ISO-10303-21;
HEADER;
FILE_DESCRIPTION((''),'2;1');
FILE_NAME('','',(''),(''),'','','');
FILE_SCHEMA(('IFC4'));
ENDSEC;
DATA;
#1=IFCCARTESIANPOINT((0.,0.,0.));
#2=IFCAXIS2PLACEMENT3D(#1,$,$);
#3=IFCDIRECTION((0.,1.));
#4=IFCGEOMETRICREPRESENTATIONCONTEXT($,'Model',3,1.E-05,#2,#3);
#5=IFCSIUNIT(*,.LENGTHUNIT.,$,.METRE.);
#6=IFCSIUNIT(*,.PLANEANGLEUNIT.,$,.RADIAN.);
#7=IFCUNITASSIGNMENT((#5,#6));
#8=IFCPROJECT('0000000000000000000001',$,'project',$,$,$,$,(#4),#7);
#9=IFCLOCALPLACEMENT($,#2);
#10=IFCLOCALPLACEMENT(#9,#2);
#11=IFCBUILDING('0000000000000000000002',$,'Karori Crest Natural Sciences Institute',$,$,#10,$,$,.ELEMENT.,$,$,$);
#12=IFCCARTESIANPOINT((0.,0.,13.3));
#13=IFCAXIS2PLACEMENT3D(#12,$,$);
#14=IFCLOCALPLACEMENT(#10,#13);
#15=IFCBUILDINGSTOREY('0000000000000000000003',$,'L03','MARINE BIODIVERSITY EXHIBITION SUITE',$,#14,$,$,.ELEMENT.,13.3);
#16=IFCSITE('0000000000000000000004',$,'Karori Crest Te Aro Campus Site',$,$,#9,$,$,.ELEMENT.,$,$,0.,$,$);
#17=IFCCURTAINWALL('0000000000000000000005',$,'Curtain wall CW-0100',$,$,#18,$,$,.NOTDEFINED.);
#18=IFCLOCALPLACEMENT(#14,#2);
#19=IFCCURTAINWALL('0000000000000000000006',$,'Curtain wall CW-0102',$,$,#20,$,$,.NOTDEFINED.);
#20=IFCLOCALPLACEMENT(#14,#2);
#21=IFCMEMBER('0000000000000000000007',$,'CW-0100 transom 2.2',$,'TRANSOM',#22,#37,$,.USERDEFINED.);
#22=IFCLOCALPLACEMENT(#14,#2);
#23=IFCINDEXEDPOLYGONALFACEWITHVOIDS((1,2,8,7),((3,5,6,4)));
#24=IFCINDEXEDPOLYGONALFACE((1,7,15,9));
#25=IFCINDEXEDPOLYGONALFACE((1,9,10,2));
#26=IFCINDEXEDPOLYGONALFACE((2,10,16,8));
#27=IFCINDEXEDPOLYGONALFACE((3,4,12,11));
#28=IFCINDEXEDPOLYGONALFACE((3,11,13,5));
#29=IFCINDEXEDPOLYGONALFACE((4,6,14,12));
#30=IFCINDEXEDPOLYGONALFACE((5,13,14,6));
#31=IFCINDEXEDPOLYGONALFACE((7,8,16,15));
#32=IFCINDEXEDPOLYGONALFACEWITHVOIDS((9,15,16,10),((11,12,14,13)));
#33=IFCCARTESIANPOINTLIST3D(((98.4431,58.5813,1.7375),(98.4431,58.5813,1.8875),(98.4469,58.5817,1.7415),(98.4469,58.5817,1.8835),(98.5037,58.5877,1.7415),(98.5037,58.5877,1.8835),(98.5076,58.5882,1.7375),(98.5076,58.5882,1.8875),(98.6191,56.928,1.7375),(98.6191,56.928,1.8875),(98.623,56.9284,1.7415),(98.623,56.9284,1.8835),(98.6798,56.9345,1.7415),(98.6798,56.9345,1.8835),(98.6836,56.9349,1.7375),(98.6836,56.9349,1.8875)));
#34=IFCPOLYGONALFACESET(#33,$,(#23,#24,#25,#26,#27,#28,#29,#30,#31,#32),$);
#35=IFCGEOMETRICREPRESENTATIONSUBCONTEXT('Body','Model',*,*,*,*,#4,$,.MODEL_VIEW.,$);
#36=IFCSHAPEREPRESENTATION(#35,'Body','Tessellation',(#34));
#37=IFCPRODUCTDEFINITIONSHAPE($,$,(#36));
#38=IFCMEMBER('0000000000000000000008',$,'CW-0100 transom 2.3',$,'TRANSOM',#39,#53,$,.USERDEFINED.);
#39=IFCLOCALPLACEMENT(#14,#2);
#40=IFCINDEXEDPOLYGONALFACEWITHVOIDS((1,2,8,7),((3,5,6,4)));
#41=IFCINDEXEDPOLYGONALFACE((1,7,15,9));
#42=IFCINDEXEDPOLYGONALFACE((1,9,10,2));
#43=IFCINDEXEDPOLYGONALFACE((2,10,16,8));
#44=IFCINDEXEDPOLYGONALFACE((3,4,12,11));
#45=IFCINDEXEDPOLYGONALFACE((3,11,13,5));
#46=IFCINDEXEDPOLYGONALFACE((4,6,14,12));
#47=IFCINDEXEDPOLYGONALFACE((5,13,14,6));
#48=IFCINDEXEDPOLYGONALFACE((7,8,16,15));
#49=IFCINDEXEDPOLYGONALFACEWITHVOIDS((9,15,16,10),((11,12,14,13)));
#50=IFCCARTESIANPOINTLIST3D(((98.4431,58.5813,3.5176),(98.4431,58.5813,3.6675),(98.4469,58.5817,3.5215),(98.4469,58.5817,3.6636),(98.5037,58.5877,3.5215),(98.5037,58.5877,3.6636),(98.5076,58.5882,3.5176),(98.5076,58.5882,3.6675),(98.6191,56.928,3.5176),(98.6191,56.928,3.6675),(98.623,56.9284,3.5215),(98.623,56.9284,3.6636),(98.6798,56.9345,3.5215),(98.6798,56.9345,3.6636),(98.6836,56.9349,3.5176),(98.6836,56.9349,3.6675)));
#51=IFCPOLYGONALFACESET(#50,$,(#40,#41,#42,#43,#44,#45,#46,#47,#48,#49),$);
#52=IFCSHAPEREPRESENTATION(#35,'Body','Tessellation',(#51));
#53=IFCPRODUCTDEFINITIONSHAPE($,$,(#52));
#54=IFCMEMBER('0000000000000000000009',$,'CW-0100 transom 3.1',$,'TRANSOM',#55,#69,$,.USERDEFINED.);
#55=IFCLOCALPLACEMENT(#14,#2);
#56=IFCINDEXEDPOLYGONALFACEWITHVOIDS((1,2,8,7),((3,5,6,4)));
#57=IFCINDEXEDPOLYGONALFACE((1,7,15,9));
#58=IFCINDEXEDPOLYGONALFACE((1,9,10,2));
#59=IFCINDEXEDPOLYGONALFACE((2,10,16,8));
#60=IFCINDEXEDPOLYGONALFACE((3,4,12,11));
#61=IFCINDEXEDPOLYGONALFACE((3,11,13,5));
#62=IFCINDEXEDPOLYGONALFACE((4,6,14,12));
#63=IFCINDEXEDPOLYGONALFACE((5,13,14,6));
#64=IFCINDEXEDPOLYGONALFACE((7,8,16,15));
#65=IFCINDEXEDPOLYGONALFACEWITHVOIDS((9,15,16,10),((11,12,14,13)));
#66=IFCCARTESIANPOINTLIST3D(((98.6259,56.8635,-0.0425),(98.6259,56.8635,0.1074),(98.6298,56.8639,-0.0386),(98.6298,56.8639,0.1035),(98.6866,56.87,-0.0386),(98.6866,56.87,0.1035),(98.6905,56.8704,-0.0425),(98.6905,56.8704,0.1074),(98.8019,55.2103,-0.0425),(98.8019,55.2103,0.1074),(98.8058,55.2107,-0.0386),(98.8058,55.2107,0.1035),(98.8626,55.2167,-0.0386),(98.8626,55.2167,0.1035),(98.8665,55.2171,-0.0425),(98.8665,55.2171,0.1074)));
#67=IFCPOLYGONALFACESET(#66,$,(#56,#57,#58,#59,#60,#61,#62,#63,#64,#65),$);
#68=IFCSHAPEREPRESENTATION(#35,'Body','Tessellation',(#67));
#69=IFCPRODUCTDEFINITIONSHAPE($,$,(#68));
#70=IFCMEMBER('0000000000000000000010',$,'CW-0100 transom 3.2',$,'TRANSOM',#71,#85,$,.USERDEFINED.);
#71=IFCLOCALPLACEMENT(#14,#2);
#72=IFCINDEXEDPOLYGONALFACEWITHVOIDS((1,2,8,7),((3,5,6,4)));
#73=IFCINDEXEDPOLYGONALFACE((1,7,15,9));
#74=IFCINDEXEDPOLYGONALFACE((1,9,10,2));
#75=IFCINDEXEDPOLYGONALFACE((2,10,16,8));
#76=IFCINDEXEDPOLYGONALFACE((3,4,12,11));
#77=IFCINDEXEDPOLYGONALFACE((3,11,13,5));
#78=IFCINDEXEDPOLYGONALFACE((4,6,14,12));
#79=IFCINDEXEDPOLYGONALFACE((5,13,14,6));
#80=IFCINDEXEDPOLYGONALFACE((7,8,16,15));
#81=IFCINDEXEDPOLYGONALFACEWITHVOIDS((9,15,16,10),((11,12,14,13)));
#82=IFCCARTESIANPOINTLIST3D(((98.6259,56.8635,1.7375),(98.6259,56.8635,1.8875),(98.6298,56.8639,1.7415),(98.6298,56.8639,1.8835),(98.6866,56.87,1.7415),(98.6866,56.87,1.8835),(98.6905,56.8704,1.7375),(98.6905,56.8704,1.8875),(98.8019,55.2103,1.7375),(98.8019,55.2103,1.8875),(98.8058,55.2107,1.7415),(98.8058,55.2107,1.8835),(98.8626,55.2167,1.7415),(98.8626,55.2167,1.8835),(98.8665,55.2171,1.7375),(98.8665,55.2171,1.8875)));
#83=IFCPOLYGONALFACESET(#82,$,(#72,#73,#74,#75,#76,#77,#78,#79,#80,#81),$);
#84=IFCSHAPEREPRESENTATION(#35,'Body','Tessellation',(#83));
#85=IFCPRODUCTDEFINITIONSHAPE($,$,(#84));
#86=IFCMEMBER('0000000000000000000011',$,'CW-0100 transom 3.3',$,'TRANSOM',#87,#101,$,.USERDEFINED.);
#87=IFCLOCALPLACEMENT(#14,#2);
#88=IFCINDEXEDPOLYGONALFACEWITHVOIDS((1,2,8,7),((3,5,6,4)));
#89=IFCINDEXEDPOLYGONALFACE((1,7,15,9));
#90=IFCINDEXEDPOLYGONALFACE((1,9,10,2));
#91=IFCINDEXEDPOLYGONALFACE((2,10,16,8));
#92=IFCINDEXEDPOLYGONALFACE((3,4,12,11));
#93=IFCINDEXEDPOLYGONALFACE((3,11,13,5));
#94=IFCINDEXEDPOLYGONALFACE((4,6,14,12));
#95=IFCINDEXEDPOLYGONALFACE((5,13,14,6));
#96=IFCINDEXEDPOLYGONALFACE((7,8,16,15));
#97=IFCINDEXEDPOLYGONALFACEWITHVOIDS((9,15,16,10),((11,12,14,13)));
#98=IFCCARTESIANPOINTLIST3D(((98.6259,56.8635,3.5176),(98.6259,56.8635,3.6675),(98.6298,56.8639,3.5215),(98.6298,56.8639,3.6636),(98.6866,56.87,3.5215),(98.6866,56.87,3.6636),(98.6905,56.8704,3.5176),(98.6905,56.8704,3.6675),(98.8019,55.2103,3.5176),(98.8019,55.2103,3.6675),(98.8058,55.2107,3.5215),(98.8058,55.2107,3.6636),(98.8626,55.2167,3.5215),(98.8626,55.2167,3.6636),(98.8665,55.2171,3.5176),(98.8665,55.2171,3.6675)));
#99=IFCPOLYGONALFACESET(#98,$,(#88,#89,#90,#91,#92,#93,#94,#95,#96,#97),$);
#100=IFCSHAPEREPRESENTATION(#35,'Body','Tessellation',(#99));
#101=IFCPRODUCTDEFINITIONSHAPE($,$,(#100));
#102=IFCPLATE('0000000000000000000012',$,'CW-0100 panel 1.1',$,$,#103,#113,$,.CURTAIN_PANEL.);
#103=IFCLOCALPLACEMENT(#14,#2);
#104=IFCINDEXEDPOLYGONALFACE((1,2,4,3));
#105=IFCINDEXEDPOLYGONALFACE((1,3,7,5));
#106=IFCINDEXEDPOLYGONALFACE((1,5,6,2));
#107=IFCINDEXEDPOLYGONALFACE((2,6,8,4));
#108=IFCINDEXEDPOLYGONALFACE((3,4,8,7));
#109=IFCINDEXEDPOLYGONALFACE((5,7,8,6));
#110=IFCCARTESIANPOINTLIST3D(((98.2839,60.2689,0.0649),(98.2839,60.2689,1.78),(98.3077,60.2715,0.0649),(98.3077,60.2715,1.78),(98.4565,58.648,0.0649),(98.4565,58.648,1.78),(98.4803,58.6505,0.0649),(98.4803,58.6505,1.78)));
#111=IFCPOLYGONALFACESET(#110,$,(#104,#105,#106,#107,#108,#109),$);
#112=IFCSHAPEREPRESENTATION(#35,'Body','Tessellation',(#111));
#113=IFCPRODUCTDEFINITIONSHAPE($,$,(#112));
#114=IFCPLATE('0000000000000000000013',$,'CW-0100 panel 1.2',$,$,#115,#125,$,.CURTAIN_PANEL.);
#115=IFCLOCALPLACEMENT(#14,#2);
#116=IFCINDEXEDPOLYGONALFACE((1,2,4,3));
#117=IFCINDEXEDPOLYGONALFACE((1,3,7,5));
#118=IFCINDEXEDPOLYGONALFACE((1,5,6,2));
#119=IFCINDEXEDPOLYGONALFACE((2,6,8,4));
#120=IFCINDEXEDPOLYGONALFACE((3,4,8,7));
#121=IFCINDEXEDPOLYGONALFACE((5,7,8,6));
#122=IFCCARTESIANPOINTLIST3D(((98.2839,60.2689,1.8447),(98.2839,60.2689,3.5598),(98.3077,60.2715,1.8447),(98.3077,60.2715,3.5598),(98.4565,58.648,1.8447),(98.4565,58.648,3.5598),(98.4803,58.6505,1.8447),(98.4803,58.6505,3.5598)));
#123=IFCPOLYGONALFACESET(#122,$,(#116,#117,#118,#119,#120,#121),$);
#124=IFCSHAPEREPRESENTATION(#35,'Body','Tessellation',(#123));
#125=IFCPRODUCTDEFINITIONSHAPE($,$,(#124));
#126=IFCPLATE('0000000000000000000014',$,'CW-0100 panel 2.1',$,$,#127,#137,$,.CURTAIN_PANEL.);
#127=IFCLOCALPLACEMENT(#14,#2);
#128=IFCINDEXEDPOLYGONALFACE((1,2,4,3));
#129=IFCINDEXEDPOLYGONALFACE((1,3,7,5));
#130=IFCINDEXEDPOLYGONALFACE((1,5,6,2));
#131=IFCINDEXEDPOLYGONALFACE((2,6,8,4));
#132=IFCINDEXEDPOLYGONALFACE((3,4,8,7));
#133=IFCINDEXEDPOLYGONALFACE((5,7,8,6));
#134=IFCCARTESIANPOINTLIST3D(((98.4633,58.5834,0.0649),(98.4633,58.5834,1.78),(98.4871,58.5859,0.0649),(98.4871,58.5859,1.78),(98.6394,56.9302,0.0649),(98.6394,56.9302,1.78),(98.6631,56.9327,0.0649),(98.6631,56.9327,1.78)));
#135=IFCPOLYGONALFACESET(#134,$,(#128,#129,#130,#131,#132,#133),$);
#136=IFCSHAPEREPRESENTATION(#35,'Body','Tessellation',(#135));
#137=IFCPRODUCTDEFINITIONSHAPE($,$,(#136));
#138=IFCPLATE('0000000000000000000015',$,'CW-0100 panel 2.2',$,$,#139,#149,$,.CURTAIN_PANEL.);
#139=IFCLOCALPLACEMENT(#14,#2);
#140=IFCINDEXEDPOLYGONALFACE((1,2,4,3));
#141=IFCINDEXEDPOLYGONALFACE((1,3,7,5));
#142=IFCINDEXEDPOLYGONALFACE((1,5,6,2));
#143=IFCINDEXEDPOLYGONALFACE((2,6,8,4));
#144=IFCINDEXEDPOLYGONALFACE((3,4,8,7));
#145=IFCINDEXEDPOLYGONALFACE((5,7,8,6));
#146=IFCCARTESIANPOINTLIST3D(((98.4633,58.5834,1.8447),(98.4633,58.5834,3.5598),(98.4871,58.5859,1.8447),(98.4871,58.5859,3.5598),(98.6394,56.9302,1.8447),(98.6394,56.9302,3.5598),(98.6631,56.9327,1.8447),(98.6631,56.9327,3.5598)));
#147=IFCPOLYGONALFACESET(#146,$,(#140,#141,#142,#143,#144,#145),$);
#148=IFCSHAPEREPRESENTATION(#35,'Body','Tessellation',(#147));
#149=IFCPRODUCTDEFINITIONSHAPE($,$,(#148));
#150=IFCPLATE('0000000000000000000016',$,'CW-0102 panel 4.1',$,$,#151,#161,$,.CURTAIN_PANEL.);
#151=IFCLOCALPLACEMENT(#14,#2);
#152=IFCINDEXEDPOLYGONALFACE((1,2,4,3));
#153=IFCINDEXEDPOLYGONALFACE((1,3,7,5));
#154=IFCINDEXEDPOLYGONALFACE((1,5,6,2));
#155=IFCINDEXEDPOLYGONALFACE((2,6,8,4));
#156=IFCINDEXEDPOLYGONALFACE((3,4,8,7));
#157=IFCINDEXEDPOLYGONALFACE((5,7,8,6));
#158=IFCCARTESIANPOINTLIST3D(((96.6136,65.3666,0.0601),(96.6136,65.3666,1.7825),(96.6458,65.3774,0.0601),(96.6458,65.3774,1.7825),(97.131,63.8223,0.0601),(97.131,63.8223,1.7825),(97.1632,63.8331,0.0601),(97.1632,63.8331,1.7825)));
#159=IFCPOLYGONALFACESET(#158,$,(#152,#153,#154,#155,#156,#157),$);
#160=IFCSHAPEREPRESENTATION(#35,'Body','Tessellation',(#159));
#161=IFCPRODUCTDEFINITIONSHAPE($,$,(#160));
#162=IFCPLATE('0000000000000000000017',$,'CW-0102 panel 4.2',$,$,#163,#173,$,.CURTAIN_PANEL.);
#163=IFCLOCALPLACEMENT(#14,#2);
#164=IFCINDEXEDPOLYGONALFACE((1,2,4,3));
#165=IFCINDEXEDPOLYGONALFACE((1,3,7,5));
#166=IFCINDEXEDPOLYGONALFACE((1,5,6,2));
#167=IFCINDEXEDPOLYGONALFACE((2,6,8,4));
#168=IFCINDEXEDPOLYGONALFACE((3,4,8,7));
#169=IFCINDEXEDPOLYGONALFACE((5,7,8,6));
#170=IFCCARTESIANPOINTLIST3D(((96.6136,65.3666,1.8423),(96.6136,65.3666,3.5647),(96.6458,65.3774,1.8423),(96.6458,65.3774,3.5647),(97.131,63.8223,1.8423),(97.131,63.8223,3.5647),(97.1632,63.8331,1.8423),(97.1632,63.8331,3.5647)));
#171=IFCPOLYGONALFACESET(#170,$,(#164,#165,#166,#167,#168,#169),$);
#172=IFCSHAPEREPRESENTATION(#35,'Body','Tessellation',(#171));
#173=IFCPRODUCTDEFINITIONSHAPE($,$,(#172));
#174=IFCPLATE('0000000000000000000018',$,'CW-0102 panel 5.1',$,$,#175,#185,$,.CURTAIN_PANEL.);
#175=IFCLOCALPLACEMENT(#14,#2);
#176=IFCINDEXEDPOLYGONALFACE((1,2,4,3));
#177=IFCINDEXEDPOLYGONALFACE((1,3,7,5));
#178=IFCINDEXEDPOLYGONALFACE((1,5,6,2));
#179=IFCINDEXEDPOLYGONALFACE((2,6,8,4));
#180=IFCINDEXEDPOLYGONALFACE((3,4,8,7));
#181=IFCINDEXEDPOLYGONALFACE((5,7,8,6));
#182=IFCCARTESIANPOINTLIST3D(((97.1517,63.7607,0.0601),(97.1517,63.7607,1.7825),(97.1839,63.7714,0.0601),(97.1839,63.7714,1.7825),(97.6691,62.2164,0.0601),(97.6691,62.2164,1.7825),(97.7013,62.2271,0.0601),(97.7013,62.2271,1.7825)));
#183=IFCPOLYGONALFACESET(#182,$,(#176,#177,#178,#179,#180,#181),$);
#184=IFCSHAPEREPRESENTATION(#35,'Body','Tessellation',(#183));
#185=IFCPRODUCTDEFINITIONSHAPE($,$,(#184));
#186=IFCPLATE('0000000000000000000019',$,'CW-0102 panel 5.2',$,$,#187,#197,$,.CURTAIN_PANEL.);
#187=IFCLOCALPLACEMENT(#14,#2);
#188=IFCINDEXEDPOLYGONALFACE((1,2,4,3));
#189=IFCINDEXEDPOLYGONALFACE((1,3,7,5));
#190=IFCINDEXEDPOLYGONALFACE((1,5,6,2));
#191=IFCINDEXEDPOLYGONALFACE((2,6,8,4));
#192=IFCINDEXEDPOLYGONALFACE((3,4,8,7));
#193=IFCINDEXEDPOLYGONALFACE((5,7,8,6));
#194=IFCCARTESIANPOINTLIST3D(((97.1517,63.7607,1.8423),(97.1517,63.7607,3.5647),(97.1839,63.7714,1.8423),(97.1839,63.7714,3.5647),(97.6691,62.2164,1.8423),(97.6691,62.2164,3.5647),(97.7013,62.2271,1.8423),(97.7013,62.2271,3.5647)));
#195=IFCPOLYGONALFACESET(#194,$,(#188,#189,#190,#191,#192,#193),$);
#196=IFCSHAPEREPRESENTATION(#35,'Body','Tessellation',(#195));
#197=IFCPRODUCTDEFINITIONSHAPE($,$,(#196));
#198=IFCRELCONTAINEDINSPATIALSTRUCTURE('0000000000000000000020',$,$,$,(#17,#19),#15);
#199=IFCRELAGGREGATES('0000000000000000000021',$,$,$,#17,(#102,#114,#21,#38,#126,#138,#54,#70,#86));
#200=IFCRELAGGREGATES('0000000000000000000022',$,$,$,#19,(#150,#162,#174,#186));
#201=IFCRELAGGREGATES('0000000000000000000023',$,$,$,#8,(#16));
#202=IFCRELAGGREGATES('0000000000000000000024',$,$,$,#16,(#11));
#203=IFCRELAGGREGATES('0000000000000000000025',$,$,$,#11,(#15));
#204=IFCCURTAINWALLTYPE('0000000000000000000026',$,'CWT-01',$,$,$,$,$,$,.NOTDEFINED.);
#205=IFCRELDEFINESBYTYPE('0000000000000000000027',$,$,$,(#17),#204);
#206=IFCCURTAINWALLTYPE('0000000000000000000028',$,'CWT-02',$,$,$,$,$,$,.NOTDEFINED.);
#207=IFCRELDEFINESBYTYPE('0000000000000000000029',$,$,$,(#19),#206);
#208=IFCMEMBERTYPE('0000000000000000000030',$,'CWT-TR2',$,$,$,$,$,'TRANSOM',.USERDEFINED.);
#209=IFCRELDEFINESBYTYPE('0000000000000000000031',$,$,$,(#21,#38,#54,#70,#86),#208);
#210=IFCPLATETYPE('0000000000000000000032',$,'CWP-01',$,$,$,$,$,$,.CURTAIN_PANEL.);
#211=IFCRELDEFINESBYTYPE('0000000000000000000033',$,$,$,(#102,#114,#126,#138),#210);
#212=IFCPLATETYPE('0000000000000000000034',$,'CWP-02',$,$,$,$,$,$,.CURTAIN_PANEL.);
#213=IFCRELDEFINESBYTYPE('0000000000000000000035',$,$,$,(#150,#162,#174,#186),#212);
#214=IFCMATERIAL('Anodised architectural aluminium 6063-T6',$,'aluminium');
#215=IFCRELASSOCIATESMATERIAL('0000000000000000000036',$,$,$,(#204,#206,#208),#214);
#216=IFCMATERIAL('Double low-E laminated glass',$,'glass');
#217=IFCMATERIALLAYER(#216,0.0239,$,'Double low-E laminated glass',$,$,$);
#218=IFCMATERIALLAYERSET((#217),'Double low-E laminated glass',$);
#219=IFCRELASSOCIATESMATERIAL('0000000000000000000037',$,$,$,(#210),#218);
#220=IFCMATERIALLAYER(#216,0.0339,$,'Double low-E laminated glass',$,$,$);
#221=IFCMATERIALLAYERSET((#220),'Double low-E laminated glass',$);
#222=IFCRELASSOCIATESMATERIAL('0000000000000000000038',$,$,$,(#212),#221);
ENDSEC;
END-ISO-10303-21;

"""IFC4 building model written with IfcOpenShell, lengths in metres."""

from ifc_helpers import new_model, si_unit, direction, frame, origin, origin_2d, place, context, subcontext, project, spatial, rectangle, hollow_rectangle, extrude, material, layer, layer_set, material_profile, profile_set, type_object, element, aggregate, save


model = new_model("IFC4")

# Units and contexts
model_context = context("Model", 3, precision=1e-05, world=origin(), true_north=direction((0.0, 1.0)))
body_context = subcontext(model_context, "Body", "Model", "MODEL_VIEW")
ifc_project = project(units=[si_unit("LENGTHUNIT", "METRE"), si_unit("PLANEANGLEUNIT", "RADIAN")], contexts=[model_context])

# Site, building, storey
site_placement = place(None, origin())
site = spatial("IfcSite", under=ifc_project, at=site_placement, Name="Karori Crest Te Aro Campus Site", CompositionType="ELEMENT", RefElevation=0.0)
building_placement = place(site_placement, origin())
building = spatial("IfcBuilding", under=site, at=building_placement, Name="Karori Crest Natural Sciences Institute", CompositionType="ELEMENT")
storey_placement = place(building_placement, frame((0.0, 0.0, 13.3)))
storey = spatial("IfcBuildingStorey", under=building, at=storey_placement, Name="L03", Description="MARINE BIODIVERSITY EXHIBITION SUITE", CompositionType="ELEMENT", Elevation=13.3)

# Curtain walls
ifc_material_1 = material(Name="Anodised architectural aluminium 6063-T6", Category="aluminium")
curtain_wall_type_1 = type_object("IfcCurtainWallType", Name="CWT-01", PredefinedType="NOTDEFINED", material=ifc_material_1)
curtain_wall_1_placement = place(storey_placement, origin())
curtain_wall_1 = element("IfcCurtainWall", 1, at=curtain_wall_1_placement, inside=storey, type_object=curtain_wall_type_1, Name="Curtain wall CW-0100", PredefinedType="NOTDEFINED")
curtain_wall_type_2 = type_object("IfcCurtainWallType", Name="CWT-02", PredefinedType="NOTDEFINED", material=ifc_material_1)
curtain_wall_2_placement = place(storey_placement, origin())
curtain_wall_2 = element("IfcCurtainWall", 2, at=curtain_wall_2_placement, inside=storey, type_object=curtain_wall_type_2, Name="Curtain wall CW-0102", PredefinedType="NOTDEFINED")

# Members
ifc_material_profile_1 = material_profile(ifc_material_1, hollow_rectangle(XDim=0.0649, YDim=0.1499, WallThickness=0.0039, at=origin_2d()), Name="CWT150x65x4")
ifc_profile_set_1 = profile_set([ifc_material_profile_1], Name="Anodised architectural aluminium 6063-T6")
member_type_1 = type_object("IfcMemberType", Name="CWT-TR2", ElementType="TRANSOM", PredefinedType="USERDEFINED", material=ifc_profile_set_1)
member_1_placement = place(storey_placement, frame((98.4753, 58.5847, 1.8125), z_axis=(0.105869, -0.99438, 0.0), x_axis=(0.99438, 0.105869, 0.0)))
member_1 = element("IfcMember", 3, at=member_1_placement, type_object=member_type_1, Name="CW-0100 transom 2.2", ObjectType="TRANSOM", PredefinedType="USERDEFINED", context=body_context, shape_type="SweptSolid", body=[
    extrude(hollow_rectangle(XDim=0.0649, YDim=0.1499, WallThickness=0.0039, at=origin_2d()), origin(), (0.0, 0.0, 1.0), 1.6626),
])
member_2_placement = place(storey_placement, frame((98.4753, 58.5847, 3.5925), z_axis=(0.105869, -0.99438, 0.0), x_axis=(0.99438, 0.105869, 0.0)))
member_2 = element("IfcMember", 4, at=member_2_placement, type_object=member_type_1, Name="CW-0100 transom 2.3", ObjectType="TRANSOM", PredefinedType="USERDEFINED", context=body_context, shape_type="SweptSolid", body=[
    extrude(hollow_rectangle(XDim=0.0649, YDim=0.1499, WallThickness=0.0039, at=origin_2d()), origin(), (0.0, 0.0, 1.0), 1.6626),
])
member_3_placement = place(storey_placement, frame((98.6582, 56.8669, 0.0325), z_axis=(0.105869, -0.99438, 0.0), x_axis=(0.99438, 0.105869, 0.0)))
member_3 = element("IfcMember", 5, at=member_3_placement, type_object=member_type_1, Name="CW-0100 transom 3.1", ObjectType="TRANSOM", PredefinedType="USERDEFINED", context=body_context, shape_type="SweptSolid", body=[
    extrude(hollow_rectangle(XDim=0.0649, YDim=0.1499, WallThickness=0.0039, at=origin_2d()), origin(), (0.0, 0.0, 1.0), 1.6626),
])
member_4_placement = place(storey_placement, frame((98.6582, 56.8669, 1.8125), z_axis=(0.105869, -0.99438, 0.0), x_axis=(0.99438, 0.105869, 0.0)))
member_4 = element("IfcMember", 6, at=member_4_placement, type_object=member_type_1, Name="CW-0100 transom 3.2", ObjectType="TRANSOM", PredefinedType="USERDEFINED", context=body_context, shape_type="SweptSolid", body=[
    extrude(hollow_rectangle(XDim=0.0649, YDim=0.1499, WallThickness=0.0039, at=origin_2d()), origin(), (0.0, 0.0, 1.0), 1.6626),
])
member_5_placement = place(storey_placement, frame((98.6582, 56.8669, 3.5925), z_axis=(0.105869, -0.99438, 0.0), x_axis=(0.99438, 0.105869, 0.0)))
member_5 = element("IfcMember", 7, at=member_5_placement, type_object=member_type_1, Name="CW-0100 transom 3.3", ObjectType="TRANSOM", PredefinedType="USERDEFINED", context=body_context, shape_type="SweptSolid", body=[
    extrude(hollow_rectangle(XDim=0.0649, YDim=0.1499, WallThickness=0.0039, at=origin_2d()), origin(), (0.0, 0.0, 1.0), 1.6626),
])

# Plates
ifc_material_2 = material(Name="Double low-E laminated glass", Category="glass")
ifc_layer_1 = layer(ifc_material_2, 0.0239, Name="Double low-E laminated glass")
ifc_layer_set_1 = layer_set([ifc_layer_1], Name="Double low-E laminated glass")
plate_type_1 = type_object("IfcPlateType", Name="CWP-01", PredefinedType="CURTAIN_PANEL", material=ifc_layer_set_1)
plate_1_placement = place(storey_placement, frame((98.3821, 59.4597, 0.0649), z_axis=(0.0, 0.0, 1.0), x_axis=(0.105884, -0.994378, 0.0)))
plate_1 = element("IfcPlate", 8, at=plate_1_placement, type_object=plate_type_1, Name="CW-0100 panel 1.1", PredefinedType="CURTAIN_PANEL", context=body_context, shape_type="SweptSolid", body=[
    extrude(rectangle(XDim=1.6301, YDim=0.0239, at=origin_2d()), origin(), (0.0, 0.0, 1.0), 1.7151),
])
plate_2_placement = place(storey_placement, frame((98.3821, 59.4597, 1.8447), z_axis=(0.0, 0.0, 1.0), x_axis=(0.105884, -0.994378, 0.0)))
plate_2 = element("IfcPlate", 9, at=plate_2_placement, type_object=plate_type_1, Name="CW-0100 panel 1.2", PredefinedType="CURTAIN_PANEL", context=body_context, shape_type="SweptSolid", body=[
    extrude(rectangle(XDim=1.6301, YDim=0.0239, at=origin_2d()), origin(), (0.0, 0.0, 1.0), 1.7151),
])
plate_3_placement = place(storey_placement, frame((98.5632, 57.7581, 0.0649), z_axis=(0.0, 0.0, 1.0), x_axis=(0.105884, -0.994378, 0.0)))
plate_3 = element("IfcPlate", 10, at=plate_3_placement, type_object=plate_type_1, Name="CW-0100 panel 2.1", PredefinedType="CURTAIN_PANEL", context=body_context, shape_type="SweptSolid", body=[
    extrude(rectangle(XDim=1.6626, YDim=0.0239, at=origin_2d()), origin(), (0.0, 0.0, 1.0), 1.7151),
])
plate_4_placement = place(storey_placement, frame((98.5632, 57.7581, 1.8447), z_axis=(0.0, 0.0, 1.0), x_axis=(0.105884, -0.994378, 0.0)))
plate_4 = element("IfcPlate", 11, at=plate_4_placement, type_object=plate_type_1, Name="CW-0100 panel 2.2", PredefinedType="CURTAIN_PANEL", context=body_context, shape_type="SweptSolid", body=[
    extrude(rectangle(XDim=1.6626, YDim=0.0239, at=origin_2d()), origin(), (0.0, 0.0, 1.0), 1.7151),
])
aggregate(curtain_wall_1, [plate_1, plate_2, member_1, member_2, plate_3, plate_4, member_3, member_4, member_5])
ifc_layer_2 = layer(ifc_material_2, 0.0339, Name="Double low-E laminated glass")
ifc_layer_set_2 = layer_set([ifc_layer_2], Name="Double low-E laminated glass")
plate_type_2 = type_object("IfcPlateType", Name="CWP-02", PredefinedType="CURTAIN_PANEL", material=ifc_layer_set_2)
plate_5_placement = place(storey_placement, frame((96.8884, 64.5999, 0.0601), z_axis=(0.0, 0.0, 1.0), x_axis=(0.31768, -0.948198, 0.0)))
plate_5 = element("IfcPlate", 12, at=plate_5_placement, type_object=plate_type_2, Name="CW-0102 panel 4.1", PredefinedType="CURTAIN_PANEL", context=body_context, shape_type="SweptSolid", body=[
    extrude(rectangle(XDim=1.6287, YDim=0.0339, at=origin_2d()), origin(), (0.0, 0.0, 1.0), 1.7224),
])
plate_6_placement = place(storey_placement, frame((96.8884, 64.5999, 1.8423), z_axis=(0.0, 0.0, 1.0), x_axis=(0.31768, -0.948198, 0.0)))
plate_6 = element("IfcPlate", 13, at=plate_6_placement, type_object=plate_type_2, Name="CW-0102 panel 4.2", PredefinedType="CURTAIN_PANEL", context=body_context, shape_type="SweptSolid", body=[
    extrude(rectangle(XDim=1.6287, YDim=0.0339, at=origin_2d()), origin(), (0.0, 0.0, 1.0), 1.7224),
])
plate_7_placement = place(storey_placement, frame((97.4265, 62.9939, 0.0601), z_axis=(0.0, 0.0, 1.0), x_axis=(0.31768, -0.948198, 0.0)))
plate_7 = element("IfcPlate", 14, at=plate_7_placement, type_object=plate_type_2, Name="CW-0102 panel 5.1", PredefinedType="CURTAIN_PANEL", context=body_context, shape_type="SweptSolid", body=[
    extrude(rectangle(XDim=1.6287, YDim=0.0339, at=origin_2d()), origin(), (0.0, 0.0, 1.0), 1.7224),
])
plate_8_placement = place(storey_placement, frame((97.4265, 62.9939, 1.8423), z_axis=(0.0, 0.0, 1.0), x_axis=(0.31768, -0.948198, 0.0)))
plate_8 = element("IfcPlate", 15, at=plate_8_placement, type_object=plate_type_2, Name="CW-0102 panel 5.2", PredefinedType="CURTAIN_PANEL", context=body_context, shape_type="SweptSolid", body=[
    extrude(rectangle(XDim=1.6287, YDim=0.0339, at=origin_2d()), origin(), (0.0, 0.0, 1.0), 1.7224),
])
aggregate(curtain_wall_2, [plate_5, plate_6, plate_7, plate_8])

save(model, "model.ifc")
